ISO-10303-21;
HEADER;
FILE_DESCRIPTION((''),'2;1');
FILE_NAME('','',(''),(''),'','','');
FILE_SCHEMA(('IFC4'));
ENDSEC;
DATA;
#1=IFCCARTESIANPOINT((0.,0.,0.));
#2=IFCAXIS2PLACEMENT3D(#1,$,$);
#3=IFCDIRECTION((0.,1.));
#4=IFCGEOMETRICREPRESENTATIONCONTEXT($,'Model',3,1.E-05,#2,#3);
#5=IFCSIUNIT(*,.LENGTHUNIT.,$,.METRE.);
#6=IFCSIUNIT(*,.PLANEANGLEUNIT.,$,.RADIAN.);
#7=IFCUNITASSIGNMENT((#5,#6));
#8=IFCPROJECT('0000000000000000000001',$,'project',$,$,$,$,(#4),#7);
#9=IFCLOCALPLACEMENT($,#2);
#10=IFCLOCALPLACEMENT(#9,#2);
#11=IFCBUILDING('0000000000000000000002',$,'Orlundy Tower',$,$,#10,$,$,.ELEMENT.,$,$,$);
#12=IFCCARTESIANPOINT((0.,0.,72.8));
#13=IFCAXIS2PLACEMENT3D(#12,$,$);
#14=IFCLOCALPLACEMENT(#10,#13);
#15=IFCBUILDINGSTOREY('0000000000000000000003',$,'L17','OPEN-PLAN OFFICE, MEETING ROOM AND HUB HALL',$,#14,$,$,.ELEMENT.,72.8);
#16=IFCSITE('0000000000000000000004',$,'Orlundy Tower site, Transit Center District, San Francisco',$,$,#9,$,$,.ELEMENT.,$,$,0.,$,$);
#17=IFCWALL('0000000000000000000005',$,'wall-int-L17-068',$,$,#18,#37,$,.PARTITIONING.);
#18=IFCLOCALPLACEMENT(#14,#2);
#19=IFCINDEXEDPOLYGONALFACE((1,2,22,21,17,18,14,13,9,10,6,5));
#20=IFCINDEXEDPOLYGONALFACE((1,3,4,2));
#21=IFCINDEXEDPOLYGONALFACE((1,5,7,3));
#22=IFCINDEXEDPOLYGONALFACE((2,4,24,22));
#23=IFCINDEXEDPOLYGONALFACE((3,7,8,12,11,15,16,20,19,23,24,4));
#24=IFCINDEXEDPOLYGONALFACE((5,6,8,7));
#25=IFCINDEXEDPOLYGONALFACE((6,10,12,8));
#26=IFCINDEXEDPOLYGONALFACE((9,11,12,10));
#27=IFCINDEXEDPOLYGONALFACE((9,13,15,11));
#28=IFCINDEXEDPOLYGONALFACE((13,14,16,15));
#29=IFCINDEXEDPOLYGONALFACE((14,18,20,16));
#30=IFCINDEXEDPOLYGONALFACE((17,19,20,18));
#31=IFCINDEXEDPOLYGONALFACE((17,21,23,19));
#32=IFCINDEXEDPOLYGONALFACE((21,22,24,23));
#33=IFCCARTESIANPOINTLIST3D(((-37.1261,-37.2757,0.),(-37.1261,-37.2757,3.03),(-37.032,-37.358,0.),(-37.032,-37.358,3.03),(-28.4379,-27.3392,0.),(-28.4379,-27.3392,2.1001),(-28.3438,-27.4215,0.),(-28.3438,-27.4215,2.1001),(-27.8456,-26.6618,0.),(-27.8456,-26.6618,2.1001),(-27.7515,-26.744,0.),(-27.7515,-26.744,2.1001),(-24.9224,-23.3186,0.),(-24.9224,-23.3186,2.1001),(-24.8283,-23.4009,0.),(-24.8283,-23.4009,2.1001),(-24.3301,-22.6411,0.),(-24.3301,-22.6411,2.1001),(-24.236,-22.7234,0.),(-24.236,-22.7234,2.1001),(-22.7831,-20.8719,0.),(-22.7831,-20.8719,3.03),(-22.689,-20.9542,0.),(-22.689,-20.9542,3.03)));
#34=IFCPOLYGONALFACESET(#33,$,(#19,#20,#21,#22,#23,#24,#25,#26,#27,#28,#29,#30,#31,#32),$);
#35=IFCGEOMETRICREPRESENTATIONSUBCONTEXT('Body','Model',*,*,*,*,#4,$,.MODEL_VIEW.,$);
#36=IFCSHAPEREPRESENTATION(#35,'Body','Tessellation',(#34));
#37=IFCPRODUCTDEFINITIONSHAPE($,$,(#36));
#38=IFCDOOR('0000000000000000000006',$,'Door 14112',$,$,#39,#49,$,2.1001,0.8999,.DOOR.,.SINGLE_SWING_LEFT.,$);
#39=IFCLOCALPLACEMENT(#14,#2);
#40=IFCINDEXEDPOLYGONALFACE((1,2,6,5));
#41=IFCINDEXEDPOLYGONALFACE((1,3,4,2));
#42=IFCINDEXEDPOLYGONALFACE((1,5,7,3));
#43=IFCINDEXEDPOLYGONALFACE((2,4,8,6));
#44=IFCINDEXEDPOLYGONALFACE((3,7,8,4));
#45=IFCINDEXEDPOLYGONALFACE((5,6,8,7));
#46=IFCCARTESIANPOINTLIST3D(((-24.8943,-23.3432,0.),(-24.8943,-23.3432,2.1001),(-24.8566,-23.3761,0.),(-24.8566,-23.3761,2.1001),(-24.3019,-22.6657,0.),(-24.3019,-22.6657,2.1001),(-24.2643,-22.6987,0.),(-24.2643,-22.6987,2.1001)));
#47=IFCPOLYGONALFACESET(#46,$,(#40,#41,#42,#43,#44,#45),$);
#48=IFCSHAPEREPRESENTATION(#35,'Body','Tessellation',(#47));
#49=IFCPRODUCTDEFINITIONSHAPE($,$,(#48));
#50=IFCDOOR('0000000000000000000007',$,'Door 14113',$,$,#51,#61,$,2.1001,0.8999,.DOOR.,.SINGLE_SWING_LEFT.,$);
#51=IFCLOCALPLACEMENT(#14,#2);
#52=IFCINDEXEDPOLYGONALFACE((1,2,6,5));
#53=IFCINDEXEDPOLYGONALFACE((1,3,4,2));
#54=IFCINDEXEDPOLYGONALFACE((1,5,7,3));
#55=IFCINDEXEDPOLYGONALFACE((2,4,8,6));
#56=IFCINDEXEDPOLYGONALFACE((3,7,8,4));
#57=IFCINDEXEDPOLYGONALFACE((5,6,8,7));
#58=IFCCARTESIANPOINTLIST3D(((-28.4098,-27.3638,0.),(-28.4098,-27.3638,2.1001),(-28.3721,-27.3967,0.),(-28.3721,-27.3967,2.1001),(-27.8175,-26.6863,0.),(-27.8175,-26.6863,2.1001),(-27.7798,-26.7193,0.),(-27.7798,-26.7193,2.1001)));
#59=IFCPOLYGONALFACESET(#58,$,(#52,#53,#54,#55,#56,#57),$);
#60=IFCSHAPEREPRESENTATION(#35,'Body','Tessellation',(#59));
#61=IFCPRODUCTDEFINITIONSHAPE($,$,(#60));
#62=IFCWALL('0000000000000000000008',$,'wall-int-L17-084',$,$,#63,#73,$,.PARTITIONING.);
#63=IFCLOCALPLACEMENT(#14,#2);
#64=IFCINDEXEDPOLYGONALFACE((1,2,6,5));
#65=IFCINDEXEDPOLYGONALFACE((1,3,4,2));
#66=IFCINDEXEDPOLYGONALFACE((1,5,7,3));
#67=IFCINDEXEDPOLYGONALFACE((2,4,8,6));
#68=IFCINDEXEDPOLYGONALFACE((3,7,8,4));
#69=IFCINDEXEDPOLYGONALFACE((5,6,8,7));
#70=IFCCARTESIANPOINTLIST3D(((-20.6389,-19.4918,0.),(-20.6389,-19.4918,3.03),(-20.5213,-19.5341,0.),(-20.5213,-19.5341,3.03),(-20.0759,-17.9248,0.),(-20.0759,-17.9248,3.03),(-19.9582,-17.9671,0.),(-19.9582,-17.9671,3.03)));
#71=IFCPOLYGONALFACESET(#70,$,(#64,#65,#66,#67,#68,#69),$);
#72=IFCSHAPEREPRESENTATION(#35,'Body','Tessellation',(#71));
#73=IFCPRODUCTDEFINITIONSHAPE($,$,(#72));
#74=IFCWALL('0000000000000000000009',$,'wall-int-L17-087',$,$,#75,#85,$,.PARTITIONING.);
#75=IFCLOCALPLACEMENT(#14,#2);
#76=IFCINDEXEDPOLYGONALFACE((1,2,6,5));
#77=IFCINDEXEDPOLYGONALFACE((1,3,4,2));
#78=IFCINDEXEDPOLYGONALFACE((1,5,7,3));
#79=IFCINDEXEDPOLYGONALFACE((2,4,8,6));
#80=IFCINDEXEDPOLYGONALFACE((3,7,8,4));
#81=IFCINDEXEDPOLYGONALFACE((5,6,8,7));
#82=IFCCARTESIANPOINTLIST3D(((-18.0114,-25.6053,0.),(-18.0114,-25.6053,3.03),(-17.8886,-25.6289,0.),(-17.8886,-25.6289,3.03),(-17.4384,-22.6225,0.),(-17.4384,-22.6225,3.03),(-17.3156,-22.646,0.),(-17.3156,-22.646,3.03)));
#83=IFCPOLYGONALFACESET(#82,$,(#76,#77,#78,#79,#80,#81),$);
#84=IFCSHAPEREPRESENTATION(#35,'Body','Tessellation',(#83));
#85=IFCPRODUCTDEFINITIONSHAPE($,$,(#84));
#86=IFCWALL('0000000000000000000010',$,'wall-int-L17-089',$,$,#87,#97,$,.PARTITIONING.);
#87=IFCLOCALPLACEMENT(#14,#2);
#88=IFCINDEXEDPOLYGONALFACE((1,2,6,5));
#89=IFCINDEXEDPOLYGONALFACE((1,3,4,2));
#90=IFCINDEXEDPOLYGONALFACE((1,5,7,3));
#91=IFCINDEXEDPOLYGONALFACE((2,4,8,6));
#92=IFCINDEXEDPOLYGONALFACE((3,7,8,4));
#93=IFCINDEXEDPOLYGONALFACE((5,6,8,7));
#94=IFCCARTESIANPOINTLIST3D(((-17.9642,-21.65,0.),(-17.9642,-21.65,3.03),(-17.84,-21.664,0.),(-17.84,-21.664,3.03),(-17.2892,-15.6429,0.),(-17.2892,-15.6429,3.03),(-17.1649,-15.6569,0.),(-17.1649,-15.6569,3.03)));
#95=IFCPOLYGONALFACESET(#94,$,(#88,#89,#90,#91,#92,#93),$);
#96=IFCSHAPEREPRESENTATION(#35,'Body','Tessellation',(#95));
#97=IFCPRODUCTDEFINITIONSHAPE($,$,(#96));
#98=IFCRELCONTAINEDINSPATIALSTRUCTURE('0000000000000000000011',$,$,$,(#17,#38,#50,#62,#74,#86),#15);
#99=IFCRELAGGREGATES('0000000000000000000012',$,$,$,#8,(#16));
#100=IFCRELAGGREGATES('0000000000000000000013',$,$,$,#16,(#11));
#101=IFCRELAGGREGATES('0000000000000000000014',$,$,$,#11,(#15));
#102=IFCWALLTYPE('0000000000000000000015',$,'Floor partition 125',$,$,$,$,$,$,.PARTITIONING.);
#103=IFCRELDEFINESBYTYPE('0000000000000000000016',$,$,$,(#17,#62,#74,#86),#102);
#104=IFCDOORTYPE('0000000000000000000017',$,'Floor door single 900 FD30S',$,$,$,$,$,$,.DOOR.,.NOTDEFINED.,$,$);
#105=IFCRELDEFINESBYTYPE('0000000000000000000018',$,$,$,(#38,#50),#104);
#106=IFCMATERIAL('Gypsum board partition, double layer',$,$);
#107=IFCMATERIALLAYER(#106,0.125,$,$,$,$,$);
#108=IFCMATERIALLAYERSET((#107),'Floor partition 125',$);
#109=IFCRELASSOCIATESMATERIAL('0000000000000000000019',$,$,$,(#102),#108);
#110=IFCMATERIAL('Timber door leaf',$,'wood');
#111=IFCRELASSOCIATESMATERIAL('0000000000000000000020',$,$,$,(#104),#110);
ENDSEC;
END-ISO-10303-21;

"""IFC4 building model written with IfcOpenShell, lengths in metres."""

from ifc_helpers import new_model, si_unit, direction, frame, frame_2d, origin, place, context, subcontext, project, spatial, rectangle, extrude, material, layer, layer_set, type_object, element, fill, save


model = new_model("IFC4")

# Units and contexts
model_context = context("Model", 3, precision=1e-05, world=origin(), true_north=direction((0.0, 1.0)))
body_context = subcontext(model_context, "Body", "Model", "MODEL_VIEW")
ifc_project = project(units=[si_unit("LENGTHUNIT", "METRE"), si_unit("PLANEANGLEUNIT", "RADIAN")], contexts=[model_context])

# Site, building, storey
site_placement = place(None, origin())
site = spatial("IfcSite", under=ifc_project, at=site_placement, Name="Orlundy Tower site, Transit Center District, San Francisco", CompositionType="ELEMENT", RefElevation=0.0)
building_placement = place(site_placement, origin())
building = spatial("IfcBuilding", under=site, at=building_placement, Name="Orlundy Tower", CompositionType="ELEMENT")
storey_placement = place(building_placement, frame((0.0, 0.0, 72.8)))
storey = spatial("IfcBuildingStorey", under=building, at=storey_placement, Name="L17", Description="OPEN-PLAN OFFICE, MEETING ROOM AND HUB HALL", CompositionType="ELEMENT", Elevation=72.8)

# Shared definitions
ifc_material_1 = material(Name="Gypsum board partition, double layer")
ifc_layer_1 = layer(ifc_material_1, 0.125)
ifc_layer_set_1 = layer_set([ifc_layer_1], Name="Floor partition 125")
wall_type_1 = type_object("IfcWallType", Name="Floor partition 125", PredefinedType="PARTITIONING", material=ifc_layer_set_1)

# Shared definitions
ifc_material_2 = material(Name="Timber door leaf", Category="wood")
door_type = type_object("IfcDoorType", Name="Floor door single 900 FD30S", OperationType="NOTDEFINED", PredefinedType="DOOR", material=ifc_material_2)

# Wall, openings, doors
wall_1_placement = place(storey_placement, frame((-22.7361, -20.9131, 0.0), z_axis=(0.0, 0.0, 1.0), x_axis=(-0.658236, -0.752811, 0.0)))
wall_1 = element("IfcWall", 1, at=wall_1_placement, inside=storey, type_object=wall_type_1, Name="wall-int-L17-068", PredefinedType="PARTITIONING", context=body_context, shape_type="SweptSolid", body=[
    extrude(rectangle(XDim=21.79, YDim=0.125, at=frame_2d((10.895, 0.0))), origin(), (0.0, 0.0, 1.0), 3.03),
])
opening_1_placement = place(wall_1_placement, frame((2.3501, 0.0, 0.0)))
opening_1 = element("IfcOpeningElement", 2, at=opening_1_placement, cuts=wall_1, PredefinedType="OPENING", context=body_context, shape_type="SweptSolid", body=[
    extrude(rectangle(XDim=0.8999, YDim=2.1001, at=frame_2d((0.45, 1.05))), frame((0.0, 0.0725, 0.0), z_axis=(0.0, -1.0, 0.0), x_axis=(1.0, 0.0, 0.0)), (0.0, 0.0, 1.0), 0.145),
])
opening_2_placement = place(wall_1_placement, frame((7.6909, 0.0, 0.0)))
opening_2 = element("IfcOpeningElement", 3, at=opening_2_placement, cuts=wall_1, PredefinedType="OPENING", context=body_context, shape_type="SweptSolid", body=[
    extrude(rectangle(XDim=0.8999, YDim=2.1001, at=frame_2d((0.45, 1.05))), frame((0.0, 0.0725, 0.0), z_axis=(0.0, -1.0, 0.0), x_axis=(1.0, 0.0, 0.0)), (0.0, 0.0, 1.0), 0.145),
])
door_1_placement = place(opening_1_placement, origin())
door_1 = element("IfcDoor", 4, at=door_1_placement, inside=storey, type_object=door_type, Name="Door 14112", OperationType="SINGLE_SWING_LEFT", OverallHeight=2.1001, OverallWidth=0.8999, PredefinedType="DOOR", context=body_context, shape_type="SweptSolid", body=[
    extrude(rectangle(XDim=0.8999, YDim=2.1001, at=frame_2d((0.45, 1.05))), frame((0.0, 0.0249, 0.0), z_axis=(0.0, -1.0, 0.0), x_axis=(1.0, 0.0, 0.0)), (0.0, 0.0, 1.0), 0.05),
])
fill(opening_1, door_1)
door_2_placement = place(opening_2_placement, origin())
door_2 = element("IfcDoor", 5, at=door_2_placement, inside=storey, type_object=door_type, Name="Door 14113", OperationType="SINGLE_SWING_LEFT", OverallHeight=2.1001, OverallWidth=0.8999, PredefinedType="DOOR", context=body_context, shape_type="SweptSolid", body=[
    extrude(rectangle(XDim=0.8999, YDim=2.1001, at=frame_2d((0.45, 1.05))), frame((0.0, 0.0249, 0.0), z_axis=(0.0, -1.0, 0.0), x_axis=(1.0, 0.0, 0.0)), (0.0, 0.0, 1.0), 0.05),
])
fill(opening_2, door_2)

# Walls
wall_2_placement = place(storey_placement, frame((-20.5801, -19.5129, 0.0), z_axis=(0.0, 0.0, 1.0), x_axis=(0.338138, 0.941097, 0.0)))
element("IfcWall", 6, at=wall_2_placement, inside=storey, type_object=wall_type_1, Name="wall-int-L17-084", PredefinedType="PARTITIONING", context=body_context, shape_type="SweptSolid", body=[
    extrude(rectangle(XDim=1.665, YDim=0.125, at=frame_2d((0.8325, 0.0))), origin(), (0.0, 0.0, 1.0), 3.03),
])
wall_3_placement = place(storey_placement, frame((-17.95, -25.6169, 0.0), z_axis=(0.0, 0.0, 1.0), x_axis=(0.188645, 0.982045, 0.0)))
element("IfcWall", 7, at=wall_3_placement, inside=storey, type_object=wall_type_1, Name="wall-int-L17-087", PredefinedType="PARTITIONING", context=body_context, shape_type="SweptSolid", body=[
    extrude(rectangle(XDim=3.0374, YDim=0.125, at=frame_2d((1.5186, 0.0))), origin(), (0.0, 0.0, 1.0), 3.03),
])
wall_4_placement = place(storey_placement, frame((-17.9021, -21.657, 0.0), z_axis=(0.0, 0.0, 1.0), x_axis=(0.111673, 0.993745, 0.0)))
element("IfcWall", 8, at=wall_4_placement, inside=storey, type_object=wall_type_1, Name="wall-int-L17-089", PredefinedType="PARTITIONING", context=body_context, shape_type="SweptSolid", body=[
    extrude(rectangle(XDim=6.0449, YDim=0.125, at=frame_2d((3.0225, 0.0))), origin(), (0.0, 0.0, 1.0), 3.03),
])

save(model, "model.ifc")
